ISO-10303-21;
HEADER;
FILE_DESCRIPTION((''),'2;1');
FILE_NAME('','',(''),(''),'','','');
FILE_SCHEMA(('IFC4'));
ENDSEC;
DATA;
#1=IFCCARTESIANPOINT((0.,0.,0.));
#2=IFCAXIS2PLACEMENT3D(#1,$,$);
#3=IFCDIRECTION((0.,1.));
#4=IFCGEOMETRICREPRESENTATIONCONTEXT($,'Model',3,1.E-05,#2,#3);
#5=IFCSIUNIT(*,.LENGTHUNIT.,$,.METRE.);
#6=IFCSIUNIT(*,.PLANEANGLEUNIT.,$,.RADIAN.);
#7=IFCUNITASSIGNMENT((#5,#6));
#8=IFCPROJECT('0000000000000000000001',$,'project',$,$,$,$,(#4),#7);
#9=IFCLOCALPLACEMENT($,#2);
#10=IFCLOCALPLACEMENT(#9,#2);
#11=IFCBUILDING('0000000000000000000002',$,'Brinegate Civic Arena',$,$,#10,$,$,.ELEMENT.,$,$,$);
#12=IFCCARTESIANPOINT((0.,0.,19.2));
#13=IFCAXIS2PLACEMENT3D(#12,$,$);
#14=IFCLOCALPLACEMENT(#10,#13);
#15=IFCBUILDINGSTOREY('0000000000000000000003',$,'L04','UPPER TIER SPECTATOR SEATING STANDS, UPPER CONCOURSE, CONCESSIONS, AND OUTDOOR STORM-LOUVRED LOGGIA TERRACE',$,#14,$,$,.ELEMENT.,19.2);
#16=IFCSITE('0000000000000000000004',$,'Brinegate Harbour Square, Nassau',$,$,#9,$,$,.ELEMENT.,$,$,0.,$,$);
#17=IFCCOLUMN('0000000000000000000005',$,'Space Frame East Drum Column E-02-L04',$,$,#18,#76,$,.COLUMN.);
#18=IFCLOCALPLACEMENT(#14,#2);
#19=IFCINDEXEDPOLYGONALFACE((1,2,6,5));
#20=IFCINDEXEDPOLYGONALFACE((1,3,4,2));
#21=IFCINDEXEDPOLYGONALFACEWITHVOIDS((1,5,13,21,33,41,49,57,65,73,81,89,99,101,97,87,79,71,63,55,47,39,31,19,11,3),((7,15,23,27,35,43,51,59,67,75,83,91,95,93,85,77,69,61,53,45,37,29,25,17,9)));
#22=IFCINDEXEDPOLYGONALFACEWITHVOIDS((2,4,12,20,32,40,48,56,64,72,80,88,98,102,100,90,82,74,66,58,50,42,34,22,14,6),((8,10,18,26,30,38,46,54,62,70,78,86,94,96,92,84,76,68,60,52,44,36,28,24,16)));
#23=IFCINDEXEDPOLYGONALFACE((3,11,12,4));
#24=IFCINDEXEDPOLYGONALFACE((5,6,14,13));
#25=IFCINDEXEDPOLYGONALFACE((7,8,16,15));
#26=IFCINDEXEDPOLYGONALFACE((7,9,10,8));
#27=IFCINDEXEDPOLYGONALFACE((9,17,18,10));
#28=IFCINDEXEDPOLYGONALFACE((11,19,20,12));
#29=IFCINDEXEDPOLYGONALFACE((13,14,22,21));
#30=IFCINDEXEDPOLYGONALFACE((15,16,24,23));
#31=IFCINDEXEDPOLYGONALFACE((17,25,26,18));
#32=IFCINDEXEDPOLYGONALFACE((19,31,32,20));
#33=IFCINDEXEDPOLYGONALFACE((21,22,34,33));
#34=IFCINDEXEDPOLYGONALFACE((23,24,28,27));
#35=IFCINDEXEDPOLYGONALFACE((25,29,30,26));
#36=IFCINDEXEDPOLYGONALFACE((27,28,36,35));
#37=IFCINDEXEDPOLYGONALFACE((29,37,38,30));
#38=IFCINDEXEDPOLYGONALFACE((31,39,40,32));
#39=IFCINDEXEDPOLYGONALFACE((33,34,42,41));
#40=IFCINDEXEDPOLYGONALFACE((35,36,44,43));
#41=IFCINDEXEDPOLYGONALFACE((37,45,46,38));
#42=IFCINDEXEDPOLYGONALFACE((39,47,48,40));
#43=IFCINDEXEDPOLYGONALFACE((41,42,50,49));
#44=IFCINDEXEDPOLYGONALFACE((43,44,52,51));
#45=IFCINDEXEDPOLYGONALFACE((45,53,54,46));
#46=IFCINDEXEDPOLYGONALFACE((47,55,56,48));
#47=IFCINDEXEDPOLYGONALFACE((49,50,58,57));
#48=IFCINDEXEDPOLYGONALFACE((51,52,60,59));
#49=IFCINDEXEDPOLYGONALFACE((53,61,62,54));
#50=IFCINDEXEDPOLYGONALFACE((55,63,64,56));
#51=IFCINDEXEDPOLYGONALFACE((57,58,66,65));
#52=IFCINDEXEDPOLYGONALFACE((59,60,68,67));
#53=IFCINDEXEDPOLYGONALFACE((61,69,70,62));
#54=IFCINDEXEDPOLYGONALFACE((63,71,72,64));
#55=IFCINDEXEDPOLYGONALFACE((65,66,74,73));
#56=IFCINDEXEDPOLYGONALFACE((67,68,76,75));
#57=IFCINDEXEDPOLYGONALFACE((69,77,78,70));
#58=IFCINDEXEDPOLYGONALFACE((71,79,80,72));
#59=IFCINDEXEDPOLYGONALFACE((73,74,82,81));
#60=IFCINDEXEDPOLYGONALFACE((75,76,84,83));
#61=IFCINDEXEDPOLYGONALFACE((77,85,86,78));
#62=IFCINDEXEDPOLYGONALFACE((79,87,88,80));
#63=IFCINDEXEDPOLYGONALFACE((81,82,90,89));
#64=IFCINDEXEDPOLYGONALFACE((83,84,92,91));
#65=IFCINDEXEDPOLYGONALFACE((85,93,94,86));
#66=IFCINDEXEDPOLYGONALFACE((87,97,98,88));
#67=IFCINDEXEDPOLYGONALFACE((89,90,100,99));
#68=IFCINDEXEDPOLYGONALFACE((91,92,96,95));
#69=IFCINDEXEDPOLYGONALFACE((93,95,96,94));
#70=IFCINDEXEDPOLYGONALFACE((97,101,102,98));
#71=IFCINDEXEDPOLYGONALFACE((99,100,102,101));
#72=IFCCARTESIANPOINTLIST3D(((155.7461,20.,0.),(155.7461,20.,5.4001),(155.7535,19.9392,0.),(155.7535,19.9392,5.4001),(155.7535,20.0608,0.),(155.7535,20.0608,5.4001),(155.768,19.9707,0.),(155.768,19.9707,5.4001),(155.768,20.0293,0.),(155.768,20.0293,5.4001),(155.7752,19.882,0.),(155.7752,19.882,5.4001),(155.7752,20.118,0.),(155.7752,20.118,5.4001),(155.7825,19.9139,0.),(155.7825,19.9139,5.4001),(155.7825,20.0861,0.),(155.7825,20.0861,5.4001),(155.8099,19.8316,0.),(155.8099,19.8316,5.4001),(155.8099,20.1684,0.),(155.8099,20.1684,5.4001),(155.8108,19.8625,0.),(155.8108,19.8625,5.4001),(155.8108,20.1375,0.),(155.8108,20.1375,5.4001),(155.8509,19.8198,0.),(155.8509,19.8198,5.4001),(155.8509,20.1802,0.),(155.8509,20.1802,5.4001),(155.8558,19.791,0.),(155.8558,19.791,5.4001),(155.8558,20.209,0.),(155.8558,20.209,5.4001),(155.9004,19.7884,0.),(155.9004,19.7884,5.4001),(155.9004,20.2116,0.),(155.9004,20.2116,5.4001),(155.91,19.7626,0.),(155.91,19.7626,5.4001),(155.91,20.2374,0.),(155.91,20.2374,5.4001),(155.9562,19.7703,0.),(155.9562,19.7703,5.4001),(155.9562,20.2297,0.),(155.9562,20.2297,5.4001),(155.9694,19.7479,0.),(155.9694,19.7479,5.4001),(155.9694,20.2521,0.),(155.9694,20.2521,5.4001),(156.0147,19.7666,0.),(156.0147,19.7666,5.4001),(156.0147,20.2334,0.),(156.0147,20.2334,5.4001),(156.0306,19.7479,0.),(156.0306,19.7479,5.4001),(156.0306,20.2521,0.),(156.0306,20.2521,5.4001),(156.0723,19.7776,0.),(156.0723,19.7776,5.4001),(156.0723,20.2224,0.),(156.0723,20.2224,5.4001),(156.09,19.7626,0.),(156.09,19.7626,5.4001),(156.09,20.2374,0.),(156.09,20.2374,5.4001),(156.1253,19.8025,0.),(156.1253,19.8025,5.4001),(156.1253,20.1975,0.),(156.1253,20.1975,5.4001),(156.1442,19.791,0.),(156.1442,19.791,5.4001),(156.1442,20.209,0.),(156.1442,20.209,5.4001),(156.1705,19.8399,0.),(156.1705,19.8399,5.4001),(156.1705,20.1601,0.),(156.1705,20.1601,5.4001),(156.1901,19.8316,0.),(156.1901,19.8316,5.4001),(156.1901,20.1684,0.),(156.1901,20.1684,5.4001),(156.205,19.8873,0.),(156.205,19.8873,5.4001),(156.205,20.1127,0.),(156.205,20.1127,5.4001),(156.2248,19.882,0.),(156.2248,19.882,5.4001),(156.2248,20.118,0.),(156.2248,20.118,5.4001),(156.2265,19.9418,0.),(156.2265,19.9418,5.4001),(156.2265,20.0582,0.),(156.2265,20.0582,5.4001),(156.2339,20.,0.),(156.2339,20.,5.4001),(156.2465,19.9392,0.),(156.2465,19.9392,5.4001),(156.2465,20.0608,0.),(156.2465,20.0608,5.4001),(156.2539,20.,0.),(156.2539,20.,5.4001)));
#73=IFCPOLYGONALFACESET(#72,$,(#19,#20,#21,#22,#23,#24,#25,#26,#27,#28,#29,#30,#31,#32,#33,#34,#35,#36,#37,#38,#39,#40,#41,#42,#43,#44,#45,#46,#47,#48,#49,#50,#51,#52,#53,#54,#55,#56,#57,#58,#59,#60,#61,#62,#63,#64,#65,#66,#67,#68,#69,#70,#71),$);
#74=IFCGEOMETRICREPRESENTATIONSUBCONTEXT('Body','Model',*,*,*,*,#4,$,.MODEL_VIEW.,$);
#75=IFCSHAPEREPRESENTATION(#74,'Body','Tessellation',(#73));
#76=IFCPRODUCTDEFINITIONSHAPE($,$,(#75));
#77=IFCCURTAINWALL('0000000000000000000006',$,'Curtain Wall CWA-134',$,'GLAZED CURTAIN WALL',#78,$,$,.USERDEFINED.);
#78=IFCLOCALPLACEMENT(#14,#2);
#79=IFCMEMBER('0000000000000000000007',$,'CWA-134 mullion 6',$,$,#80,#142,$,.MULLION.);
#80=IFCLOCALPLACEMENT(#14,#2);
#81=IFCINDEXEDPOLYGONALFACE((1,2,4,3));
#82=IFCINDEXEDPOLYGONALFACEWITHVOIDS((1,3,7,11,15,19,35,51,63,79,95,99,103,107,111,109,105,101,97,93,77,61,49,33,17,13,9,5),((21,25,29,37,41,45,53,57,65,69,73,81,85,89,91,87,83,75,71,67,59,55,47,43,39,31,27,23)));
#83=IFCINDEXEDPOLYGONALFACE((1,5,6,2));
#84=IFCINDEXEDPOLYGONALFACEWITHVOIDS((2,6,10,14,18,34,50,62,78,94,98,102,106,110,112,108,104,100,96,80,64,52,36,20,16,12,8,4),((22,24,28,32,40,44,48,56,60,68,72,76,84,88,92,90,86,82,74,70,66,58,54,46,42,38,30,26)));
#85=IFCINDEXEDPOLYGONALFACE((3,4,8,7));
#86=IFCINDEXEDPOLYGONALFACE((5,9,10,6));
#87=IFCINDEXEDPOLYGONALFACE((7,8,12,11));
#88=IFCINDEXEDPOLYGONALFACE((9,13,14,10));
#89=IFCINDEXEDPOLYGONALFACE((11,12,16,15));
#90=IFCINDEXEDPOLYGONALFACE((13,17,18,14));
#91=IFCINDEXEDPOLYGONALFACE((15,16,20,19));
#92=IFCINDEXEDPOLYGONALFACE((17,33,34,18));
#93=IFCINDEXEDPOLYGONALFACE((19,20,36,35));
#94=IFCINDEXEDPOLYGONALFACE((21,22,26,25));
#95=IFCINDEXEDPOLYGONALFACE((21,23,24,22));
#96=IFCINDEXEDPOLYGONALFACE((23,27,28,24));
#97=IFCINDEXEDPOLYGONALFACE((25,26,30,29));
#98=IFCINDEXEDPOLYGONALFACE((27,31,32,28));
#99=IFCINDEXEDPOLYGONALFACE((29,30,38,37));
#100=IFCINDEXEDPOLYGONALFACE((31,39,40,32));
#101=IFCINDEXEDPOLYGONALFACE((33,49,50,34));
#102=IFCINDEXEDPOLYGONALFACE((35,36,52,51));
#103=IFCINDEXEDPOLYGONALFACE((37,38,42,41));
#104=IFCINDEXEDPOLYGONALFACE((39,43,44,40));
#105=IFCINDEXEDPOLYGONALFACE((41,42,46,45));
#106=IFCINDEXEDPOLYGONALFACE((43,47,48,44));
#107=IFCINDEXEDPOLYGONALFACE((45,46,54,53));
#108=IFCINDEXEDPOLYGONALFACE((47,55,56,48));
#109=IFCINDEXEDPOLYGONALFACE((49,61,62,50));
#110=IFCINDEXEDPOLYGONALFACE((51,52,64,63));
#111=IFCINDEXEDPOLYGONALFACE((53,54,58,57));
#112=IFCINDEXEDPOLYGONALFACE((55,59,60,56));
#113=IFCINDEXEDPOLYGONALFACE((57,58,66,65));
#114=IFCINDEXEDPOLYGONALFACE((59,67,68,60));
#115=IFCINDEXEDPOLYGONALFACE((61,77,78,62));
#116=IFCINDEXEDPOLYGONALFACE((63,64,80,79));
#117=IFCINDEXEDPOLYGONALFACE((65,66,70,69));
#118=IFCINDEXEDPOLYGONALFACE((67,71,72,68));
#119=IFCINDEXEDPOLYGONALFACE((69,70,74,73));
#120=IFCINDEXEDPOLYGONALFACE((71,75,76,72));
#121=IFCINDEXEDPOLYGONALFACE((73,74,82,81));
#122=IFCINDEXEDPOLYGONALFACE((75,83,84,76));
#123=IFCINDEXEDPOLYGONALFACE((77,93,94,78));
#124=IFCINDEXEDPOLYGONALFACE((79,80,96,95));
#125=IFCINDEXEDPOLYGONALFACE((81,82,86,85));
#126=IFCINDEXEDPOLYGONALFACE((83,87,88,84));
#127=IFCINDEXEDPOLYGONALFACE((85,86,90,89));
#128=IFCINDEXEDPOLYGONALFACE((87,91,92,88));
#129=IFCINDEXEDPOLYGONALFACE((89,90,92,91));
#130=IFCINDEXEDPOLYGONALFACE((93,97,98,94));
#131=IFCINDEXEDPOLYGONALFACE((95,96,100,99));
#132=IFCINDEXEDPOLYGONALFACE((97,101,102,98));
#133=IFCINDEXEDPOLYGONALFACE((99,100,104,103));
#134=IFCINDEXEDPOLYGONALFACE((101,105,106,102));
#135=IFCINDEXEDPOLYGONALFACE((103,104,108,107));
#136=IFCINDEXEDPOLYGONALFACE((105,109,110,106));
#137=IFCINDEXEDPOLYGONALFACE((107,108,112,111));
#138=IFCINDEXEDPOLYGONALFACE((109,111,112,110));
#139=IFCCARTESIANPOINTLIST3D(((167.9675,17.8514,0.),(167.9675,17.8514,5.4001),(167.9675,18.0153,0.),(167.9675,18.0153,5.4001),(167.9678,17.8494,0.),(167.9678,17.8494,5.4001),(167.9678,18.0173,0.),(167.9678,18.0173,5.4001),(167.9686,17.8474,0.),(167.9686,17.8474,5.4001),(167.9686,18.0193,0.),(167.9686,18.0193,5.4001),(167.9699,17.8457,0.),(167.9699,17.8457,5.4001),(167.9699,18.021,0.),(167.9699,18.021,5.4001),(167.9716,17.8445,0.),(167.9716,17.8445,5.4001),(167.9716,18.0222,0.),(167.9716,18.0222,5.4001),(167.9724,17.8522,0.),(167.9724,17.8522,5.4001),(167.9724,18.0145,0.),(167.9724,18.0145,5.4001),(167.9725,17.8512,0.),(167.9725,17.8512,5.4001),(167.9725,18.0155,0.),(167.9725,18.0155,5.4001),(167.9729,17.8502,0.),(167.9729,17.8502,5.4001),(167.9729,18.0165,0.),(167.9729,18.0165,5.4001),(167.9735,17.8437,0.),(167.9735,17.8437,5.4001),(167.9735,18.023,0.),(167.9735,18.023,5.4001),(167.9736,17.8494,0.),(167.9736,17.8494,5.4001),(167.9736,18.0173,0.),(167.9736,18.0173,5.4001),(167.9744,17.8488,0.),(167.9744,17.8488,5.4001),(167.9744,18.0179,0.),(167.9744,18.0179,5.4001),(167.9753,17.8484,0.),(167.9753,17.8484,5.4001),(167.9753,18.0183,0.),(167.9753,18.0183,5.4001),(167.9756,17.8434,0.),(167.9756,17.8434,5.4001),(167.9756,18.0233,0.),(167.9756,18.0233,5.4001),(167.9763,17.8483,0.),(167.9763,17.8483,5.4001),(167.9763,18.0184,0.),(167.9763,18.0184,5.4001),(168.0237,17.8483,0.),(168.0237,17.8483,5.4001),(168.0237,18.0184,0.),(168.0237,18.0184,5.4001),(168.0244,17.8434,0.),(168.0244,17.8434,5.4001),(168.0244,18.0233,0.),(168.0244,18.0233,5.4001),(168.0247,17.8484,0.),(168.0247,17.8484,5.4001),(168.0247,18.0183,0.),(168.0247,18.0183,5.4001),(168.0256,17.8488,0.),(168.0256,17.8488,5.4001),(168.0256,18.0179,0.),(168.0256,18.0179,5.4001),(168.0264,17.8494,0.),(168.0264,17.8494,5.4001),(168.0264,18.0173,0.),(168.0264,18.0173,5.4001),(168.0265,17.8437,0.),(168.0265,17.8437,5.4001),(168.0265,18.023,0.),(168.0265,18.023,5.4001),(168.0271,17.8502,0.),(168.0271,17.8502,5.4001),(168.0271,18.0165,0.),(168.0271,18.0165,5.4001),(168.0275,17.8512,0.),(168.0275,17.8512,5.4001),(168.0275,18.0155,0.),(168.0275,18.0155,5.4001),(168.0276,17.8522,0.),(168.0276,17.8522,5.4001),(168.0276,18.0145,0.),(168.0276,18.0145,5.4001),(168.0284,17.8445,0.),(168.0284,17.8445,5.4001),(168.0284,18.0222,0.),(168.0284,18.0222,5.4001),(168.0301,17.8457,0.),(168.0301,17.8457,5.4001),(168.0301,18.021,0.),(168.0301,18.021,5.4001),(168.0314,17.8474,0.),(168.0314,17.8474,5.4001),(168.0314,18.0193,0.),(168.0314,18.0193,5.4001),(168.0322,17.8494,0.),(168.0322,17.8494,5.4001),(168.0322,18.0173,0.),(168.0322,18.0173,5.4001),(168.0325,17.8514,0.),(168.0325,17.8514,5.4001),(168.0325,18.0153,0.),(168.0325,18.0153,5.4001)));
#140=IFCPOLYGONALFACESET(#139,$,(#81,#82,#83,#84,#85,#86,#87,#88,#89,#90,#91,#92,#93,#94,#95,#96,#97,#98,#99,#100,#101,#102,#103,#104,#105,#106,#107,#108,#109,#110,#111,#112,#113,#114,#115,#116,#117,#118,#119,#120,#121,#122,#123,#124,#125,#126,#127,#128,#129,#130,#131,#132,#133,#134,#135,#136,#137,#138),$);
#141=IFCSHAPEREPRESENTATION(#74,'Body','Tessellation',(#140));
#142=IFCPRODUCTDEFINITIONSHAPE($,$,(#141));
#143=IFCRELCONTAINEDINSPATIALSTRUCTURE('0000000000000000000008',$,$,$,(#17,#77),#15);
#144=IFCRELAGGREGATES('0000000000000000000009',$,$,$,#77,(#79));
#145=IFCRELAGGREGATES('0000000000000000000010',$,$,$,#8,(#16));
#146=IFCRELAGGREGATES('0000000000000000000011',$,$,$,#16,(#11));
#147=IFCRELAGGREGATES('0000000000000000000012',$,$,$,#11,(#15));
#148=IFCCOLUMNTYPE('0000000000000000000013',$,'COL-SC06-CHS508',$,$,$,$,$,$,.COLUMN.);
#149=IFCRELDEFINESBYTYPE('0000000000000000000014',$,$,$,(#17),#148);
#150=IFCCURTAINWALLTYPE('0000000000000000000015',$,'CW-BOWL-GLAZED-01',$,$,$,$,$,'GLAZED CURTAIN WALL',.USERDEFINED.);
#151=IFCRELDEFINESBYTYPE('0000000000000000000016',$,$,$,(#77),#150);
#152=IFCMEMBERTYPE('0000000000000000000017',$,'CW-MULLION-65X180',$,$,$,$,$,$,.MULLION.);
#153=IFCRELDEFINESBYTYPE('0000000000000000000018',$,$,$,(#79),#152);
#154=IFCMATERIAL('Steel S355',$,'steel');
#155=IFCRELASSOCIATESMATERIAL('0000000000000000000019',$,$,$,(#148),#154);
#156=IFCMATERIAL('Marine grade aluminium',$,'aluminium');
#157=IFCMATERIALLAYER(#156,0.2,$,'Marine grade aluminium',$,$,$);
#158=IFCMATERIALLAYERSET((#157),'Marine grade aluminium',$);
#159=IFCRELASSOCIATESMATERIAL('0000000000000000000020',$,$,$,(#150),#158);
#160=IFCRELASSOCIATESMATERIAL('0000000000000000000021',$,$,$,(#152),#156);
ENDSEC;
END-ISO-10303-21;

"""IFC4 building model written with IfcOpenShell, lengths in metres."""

from ifc_helpers import new_model, si_unit, direction, frame, origin, origin_2d, place, context, subcontext, project, spatial, hollow_rectangle, hollow_circle, extrude, material, layer, layer_set, material_profile, profile_set, type_object, element, aggregate, save


model = new_model("IFC4")

# Units and contexts
model_context = context("Model", 3, precision=1e-05, world=origin(), true_north=direction((0.0, 1.0)))
body_context = subcontext(model_context, "Body", "Model", "MODEL_VIEW")
ifc_project = project(units=[si_unit("LENGTHUNIT", "METRE"), si_unit("PLANEANGLEUNIT", "RADIAN")], contexts=[model_context])

# Site, building, storey
site_placement = place(None, origin())
site = spatial("IfcSite", under=ifc_project, at=site_placement, Name="Brinegate Harbour Square, Nassau", CompositionType="ELEMENT", RefElevation=0.0)
building_placement = place(site_placement, origin())
building = spatial("IfcBuilding", under=site, at=building_placement, Name="Brinegate Civic Arena", CompositionType="ELEMENT")
storey_placement = place(building_placement, frame((0.0, 0.0, 19.2)))
storey = spatial("IfcBuildingStorey", under=building, at=storey_placement, Name="L04", Description="UPPER TIER SPECTATOR SEATING STANDS, UPPER CONCOURSE, CONCESSIONS, AND OUTDOOR STORM-LOUVRED LOGGIA TERRACE", CompositionType="ELEMENT", Elevation=19.2)

# Column
ifc_material_1 = material(Name="Steel S355", Category="steel")
ifc_material_profile_1 = material_profile(ifc_material_1, hollow_circle(Radius=0.2539, WallThickness=0.02, at=origin_2d()), Name="CHS508X20")
ifc_profile_set_1 = profile_set([ifc_material_profile_1], Name="Steel S355")
column_type = type_object("IfcColumnType", Name="COL-SC06-CHS508", PredefinedType="COLUMN", material=ifc_profile_set_1)
column_placement = place(storey_placement, frame((156.0, 20.0, 0.0), z_axis=(0.0, 0.0, 1.0), x_axis=(1.0, 0.0, 0.0)))
element("IfcColumn", 1, at=column_placement, inside=storey, type_object=column_type, Name="Space Frame East Drum Column E-02-L04", PredefinedType="COLUMN", context=body_context, shape_type="SweptSolid", body=[
    extrude(hollow_circle(Radius=0.2539, WallThickness=0.02, at=origin_2d()), origin(), (0.0, 0.0, 1.0), 5.4001),
])

# Curtain wall, member
ifc_material_2 = material(Name="Marine grade aluminium", Category="aluminium")
ifc_layer_1 = layer(ifc_material_2, 0.2, Name="Marine grade aluminium")
ifc_layer_set_1 = layer_set([ifc_layer_1], Name="Marine grade aluminium")
curtain_wall_type = type_object("IfcCurtainWallType", Name="CW-BOWL-GLAZED-01", ElementType="GLAZED CURTAIN WALL", PredefinedType="USERDEFINED", material=ifc_layer_set_1)
curtain_wall_placement = place(storey_placement, origin())
curtain_wall = element("IfcCurtainWall", 2, at=curtain_wall_placement, inside=storey, type_object=curtain_wall_type, Name="Curtain Wall CWA-134", ObjectType="GLAZED CURTAIN WALL", PredefinedType="USERDEFINED")
ifc_material_profile_2 = material_profile(ifc_material_2, hollow_rectangle(XDim=0.0649, YDim=0.1799, WallThickness=0.0049, InnerFilletRadius=0.0039, OuterFilletRadius=0.0081, at=origin_2d()), Name="MUL65X180")
ifc_profile_set_2 = profile_set([ifc_material_profile_2], Name="Marine grade aluminium")
member_type_1 = type_object("IfcMemberType", Name="CW-MULLION-65X180", PredefinedType="MULLION", material=ifc_profile_set_2)
member_1_placement = place(storey_placement, frame((168.0, 17.9333, 0.0), z_axis=(0.0, 0.0, 1.0), x_axis=(-1.0, 0.0, 0.0)))
member_1 = element("IfcMember", 3, at=member_1_placement, type_object=member_type_1, Name="CWA-134 mullion 6", PredefinedType="MULLION", context=body_context, shape_type="SweptSolid", body=[
    extrude(hollow_rectangle(XDim=0.0649, YDim=0.1799, WallThickness=0.0049, InnerFilletRadius=0.0039, OuterFilletRadius=0.0081, at=origin_2d()), origin(), (0.0, 0.0, 1.0), 5.4001),
])

aggregate(curtain_wall, [member_1])

save(model, "model.ifc")
